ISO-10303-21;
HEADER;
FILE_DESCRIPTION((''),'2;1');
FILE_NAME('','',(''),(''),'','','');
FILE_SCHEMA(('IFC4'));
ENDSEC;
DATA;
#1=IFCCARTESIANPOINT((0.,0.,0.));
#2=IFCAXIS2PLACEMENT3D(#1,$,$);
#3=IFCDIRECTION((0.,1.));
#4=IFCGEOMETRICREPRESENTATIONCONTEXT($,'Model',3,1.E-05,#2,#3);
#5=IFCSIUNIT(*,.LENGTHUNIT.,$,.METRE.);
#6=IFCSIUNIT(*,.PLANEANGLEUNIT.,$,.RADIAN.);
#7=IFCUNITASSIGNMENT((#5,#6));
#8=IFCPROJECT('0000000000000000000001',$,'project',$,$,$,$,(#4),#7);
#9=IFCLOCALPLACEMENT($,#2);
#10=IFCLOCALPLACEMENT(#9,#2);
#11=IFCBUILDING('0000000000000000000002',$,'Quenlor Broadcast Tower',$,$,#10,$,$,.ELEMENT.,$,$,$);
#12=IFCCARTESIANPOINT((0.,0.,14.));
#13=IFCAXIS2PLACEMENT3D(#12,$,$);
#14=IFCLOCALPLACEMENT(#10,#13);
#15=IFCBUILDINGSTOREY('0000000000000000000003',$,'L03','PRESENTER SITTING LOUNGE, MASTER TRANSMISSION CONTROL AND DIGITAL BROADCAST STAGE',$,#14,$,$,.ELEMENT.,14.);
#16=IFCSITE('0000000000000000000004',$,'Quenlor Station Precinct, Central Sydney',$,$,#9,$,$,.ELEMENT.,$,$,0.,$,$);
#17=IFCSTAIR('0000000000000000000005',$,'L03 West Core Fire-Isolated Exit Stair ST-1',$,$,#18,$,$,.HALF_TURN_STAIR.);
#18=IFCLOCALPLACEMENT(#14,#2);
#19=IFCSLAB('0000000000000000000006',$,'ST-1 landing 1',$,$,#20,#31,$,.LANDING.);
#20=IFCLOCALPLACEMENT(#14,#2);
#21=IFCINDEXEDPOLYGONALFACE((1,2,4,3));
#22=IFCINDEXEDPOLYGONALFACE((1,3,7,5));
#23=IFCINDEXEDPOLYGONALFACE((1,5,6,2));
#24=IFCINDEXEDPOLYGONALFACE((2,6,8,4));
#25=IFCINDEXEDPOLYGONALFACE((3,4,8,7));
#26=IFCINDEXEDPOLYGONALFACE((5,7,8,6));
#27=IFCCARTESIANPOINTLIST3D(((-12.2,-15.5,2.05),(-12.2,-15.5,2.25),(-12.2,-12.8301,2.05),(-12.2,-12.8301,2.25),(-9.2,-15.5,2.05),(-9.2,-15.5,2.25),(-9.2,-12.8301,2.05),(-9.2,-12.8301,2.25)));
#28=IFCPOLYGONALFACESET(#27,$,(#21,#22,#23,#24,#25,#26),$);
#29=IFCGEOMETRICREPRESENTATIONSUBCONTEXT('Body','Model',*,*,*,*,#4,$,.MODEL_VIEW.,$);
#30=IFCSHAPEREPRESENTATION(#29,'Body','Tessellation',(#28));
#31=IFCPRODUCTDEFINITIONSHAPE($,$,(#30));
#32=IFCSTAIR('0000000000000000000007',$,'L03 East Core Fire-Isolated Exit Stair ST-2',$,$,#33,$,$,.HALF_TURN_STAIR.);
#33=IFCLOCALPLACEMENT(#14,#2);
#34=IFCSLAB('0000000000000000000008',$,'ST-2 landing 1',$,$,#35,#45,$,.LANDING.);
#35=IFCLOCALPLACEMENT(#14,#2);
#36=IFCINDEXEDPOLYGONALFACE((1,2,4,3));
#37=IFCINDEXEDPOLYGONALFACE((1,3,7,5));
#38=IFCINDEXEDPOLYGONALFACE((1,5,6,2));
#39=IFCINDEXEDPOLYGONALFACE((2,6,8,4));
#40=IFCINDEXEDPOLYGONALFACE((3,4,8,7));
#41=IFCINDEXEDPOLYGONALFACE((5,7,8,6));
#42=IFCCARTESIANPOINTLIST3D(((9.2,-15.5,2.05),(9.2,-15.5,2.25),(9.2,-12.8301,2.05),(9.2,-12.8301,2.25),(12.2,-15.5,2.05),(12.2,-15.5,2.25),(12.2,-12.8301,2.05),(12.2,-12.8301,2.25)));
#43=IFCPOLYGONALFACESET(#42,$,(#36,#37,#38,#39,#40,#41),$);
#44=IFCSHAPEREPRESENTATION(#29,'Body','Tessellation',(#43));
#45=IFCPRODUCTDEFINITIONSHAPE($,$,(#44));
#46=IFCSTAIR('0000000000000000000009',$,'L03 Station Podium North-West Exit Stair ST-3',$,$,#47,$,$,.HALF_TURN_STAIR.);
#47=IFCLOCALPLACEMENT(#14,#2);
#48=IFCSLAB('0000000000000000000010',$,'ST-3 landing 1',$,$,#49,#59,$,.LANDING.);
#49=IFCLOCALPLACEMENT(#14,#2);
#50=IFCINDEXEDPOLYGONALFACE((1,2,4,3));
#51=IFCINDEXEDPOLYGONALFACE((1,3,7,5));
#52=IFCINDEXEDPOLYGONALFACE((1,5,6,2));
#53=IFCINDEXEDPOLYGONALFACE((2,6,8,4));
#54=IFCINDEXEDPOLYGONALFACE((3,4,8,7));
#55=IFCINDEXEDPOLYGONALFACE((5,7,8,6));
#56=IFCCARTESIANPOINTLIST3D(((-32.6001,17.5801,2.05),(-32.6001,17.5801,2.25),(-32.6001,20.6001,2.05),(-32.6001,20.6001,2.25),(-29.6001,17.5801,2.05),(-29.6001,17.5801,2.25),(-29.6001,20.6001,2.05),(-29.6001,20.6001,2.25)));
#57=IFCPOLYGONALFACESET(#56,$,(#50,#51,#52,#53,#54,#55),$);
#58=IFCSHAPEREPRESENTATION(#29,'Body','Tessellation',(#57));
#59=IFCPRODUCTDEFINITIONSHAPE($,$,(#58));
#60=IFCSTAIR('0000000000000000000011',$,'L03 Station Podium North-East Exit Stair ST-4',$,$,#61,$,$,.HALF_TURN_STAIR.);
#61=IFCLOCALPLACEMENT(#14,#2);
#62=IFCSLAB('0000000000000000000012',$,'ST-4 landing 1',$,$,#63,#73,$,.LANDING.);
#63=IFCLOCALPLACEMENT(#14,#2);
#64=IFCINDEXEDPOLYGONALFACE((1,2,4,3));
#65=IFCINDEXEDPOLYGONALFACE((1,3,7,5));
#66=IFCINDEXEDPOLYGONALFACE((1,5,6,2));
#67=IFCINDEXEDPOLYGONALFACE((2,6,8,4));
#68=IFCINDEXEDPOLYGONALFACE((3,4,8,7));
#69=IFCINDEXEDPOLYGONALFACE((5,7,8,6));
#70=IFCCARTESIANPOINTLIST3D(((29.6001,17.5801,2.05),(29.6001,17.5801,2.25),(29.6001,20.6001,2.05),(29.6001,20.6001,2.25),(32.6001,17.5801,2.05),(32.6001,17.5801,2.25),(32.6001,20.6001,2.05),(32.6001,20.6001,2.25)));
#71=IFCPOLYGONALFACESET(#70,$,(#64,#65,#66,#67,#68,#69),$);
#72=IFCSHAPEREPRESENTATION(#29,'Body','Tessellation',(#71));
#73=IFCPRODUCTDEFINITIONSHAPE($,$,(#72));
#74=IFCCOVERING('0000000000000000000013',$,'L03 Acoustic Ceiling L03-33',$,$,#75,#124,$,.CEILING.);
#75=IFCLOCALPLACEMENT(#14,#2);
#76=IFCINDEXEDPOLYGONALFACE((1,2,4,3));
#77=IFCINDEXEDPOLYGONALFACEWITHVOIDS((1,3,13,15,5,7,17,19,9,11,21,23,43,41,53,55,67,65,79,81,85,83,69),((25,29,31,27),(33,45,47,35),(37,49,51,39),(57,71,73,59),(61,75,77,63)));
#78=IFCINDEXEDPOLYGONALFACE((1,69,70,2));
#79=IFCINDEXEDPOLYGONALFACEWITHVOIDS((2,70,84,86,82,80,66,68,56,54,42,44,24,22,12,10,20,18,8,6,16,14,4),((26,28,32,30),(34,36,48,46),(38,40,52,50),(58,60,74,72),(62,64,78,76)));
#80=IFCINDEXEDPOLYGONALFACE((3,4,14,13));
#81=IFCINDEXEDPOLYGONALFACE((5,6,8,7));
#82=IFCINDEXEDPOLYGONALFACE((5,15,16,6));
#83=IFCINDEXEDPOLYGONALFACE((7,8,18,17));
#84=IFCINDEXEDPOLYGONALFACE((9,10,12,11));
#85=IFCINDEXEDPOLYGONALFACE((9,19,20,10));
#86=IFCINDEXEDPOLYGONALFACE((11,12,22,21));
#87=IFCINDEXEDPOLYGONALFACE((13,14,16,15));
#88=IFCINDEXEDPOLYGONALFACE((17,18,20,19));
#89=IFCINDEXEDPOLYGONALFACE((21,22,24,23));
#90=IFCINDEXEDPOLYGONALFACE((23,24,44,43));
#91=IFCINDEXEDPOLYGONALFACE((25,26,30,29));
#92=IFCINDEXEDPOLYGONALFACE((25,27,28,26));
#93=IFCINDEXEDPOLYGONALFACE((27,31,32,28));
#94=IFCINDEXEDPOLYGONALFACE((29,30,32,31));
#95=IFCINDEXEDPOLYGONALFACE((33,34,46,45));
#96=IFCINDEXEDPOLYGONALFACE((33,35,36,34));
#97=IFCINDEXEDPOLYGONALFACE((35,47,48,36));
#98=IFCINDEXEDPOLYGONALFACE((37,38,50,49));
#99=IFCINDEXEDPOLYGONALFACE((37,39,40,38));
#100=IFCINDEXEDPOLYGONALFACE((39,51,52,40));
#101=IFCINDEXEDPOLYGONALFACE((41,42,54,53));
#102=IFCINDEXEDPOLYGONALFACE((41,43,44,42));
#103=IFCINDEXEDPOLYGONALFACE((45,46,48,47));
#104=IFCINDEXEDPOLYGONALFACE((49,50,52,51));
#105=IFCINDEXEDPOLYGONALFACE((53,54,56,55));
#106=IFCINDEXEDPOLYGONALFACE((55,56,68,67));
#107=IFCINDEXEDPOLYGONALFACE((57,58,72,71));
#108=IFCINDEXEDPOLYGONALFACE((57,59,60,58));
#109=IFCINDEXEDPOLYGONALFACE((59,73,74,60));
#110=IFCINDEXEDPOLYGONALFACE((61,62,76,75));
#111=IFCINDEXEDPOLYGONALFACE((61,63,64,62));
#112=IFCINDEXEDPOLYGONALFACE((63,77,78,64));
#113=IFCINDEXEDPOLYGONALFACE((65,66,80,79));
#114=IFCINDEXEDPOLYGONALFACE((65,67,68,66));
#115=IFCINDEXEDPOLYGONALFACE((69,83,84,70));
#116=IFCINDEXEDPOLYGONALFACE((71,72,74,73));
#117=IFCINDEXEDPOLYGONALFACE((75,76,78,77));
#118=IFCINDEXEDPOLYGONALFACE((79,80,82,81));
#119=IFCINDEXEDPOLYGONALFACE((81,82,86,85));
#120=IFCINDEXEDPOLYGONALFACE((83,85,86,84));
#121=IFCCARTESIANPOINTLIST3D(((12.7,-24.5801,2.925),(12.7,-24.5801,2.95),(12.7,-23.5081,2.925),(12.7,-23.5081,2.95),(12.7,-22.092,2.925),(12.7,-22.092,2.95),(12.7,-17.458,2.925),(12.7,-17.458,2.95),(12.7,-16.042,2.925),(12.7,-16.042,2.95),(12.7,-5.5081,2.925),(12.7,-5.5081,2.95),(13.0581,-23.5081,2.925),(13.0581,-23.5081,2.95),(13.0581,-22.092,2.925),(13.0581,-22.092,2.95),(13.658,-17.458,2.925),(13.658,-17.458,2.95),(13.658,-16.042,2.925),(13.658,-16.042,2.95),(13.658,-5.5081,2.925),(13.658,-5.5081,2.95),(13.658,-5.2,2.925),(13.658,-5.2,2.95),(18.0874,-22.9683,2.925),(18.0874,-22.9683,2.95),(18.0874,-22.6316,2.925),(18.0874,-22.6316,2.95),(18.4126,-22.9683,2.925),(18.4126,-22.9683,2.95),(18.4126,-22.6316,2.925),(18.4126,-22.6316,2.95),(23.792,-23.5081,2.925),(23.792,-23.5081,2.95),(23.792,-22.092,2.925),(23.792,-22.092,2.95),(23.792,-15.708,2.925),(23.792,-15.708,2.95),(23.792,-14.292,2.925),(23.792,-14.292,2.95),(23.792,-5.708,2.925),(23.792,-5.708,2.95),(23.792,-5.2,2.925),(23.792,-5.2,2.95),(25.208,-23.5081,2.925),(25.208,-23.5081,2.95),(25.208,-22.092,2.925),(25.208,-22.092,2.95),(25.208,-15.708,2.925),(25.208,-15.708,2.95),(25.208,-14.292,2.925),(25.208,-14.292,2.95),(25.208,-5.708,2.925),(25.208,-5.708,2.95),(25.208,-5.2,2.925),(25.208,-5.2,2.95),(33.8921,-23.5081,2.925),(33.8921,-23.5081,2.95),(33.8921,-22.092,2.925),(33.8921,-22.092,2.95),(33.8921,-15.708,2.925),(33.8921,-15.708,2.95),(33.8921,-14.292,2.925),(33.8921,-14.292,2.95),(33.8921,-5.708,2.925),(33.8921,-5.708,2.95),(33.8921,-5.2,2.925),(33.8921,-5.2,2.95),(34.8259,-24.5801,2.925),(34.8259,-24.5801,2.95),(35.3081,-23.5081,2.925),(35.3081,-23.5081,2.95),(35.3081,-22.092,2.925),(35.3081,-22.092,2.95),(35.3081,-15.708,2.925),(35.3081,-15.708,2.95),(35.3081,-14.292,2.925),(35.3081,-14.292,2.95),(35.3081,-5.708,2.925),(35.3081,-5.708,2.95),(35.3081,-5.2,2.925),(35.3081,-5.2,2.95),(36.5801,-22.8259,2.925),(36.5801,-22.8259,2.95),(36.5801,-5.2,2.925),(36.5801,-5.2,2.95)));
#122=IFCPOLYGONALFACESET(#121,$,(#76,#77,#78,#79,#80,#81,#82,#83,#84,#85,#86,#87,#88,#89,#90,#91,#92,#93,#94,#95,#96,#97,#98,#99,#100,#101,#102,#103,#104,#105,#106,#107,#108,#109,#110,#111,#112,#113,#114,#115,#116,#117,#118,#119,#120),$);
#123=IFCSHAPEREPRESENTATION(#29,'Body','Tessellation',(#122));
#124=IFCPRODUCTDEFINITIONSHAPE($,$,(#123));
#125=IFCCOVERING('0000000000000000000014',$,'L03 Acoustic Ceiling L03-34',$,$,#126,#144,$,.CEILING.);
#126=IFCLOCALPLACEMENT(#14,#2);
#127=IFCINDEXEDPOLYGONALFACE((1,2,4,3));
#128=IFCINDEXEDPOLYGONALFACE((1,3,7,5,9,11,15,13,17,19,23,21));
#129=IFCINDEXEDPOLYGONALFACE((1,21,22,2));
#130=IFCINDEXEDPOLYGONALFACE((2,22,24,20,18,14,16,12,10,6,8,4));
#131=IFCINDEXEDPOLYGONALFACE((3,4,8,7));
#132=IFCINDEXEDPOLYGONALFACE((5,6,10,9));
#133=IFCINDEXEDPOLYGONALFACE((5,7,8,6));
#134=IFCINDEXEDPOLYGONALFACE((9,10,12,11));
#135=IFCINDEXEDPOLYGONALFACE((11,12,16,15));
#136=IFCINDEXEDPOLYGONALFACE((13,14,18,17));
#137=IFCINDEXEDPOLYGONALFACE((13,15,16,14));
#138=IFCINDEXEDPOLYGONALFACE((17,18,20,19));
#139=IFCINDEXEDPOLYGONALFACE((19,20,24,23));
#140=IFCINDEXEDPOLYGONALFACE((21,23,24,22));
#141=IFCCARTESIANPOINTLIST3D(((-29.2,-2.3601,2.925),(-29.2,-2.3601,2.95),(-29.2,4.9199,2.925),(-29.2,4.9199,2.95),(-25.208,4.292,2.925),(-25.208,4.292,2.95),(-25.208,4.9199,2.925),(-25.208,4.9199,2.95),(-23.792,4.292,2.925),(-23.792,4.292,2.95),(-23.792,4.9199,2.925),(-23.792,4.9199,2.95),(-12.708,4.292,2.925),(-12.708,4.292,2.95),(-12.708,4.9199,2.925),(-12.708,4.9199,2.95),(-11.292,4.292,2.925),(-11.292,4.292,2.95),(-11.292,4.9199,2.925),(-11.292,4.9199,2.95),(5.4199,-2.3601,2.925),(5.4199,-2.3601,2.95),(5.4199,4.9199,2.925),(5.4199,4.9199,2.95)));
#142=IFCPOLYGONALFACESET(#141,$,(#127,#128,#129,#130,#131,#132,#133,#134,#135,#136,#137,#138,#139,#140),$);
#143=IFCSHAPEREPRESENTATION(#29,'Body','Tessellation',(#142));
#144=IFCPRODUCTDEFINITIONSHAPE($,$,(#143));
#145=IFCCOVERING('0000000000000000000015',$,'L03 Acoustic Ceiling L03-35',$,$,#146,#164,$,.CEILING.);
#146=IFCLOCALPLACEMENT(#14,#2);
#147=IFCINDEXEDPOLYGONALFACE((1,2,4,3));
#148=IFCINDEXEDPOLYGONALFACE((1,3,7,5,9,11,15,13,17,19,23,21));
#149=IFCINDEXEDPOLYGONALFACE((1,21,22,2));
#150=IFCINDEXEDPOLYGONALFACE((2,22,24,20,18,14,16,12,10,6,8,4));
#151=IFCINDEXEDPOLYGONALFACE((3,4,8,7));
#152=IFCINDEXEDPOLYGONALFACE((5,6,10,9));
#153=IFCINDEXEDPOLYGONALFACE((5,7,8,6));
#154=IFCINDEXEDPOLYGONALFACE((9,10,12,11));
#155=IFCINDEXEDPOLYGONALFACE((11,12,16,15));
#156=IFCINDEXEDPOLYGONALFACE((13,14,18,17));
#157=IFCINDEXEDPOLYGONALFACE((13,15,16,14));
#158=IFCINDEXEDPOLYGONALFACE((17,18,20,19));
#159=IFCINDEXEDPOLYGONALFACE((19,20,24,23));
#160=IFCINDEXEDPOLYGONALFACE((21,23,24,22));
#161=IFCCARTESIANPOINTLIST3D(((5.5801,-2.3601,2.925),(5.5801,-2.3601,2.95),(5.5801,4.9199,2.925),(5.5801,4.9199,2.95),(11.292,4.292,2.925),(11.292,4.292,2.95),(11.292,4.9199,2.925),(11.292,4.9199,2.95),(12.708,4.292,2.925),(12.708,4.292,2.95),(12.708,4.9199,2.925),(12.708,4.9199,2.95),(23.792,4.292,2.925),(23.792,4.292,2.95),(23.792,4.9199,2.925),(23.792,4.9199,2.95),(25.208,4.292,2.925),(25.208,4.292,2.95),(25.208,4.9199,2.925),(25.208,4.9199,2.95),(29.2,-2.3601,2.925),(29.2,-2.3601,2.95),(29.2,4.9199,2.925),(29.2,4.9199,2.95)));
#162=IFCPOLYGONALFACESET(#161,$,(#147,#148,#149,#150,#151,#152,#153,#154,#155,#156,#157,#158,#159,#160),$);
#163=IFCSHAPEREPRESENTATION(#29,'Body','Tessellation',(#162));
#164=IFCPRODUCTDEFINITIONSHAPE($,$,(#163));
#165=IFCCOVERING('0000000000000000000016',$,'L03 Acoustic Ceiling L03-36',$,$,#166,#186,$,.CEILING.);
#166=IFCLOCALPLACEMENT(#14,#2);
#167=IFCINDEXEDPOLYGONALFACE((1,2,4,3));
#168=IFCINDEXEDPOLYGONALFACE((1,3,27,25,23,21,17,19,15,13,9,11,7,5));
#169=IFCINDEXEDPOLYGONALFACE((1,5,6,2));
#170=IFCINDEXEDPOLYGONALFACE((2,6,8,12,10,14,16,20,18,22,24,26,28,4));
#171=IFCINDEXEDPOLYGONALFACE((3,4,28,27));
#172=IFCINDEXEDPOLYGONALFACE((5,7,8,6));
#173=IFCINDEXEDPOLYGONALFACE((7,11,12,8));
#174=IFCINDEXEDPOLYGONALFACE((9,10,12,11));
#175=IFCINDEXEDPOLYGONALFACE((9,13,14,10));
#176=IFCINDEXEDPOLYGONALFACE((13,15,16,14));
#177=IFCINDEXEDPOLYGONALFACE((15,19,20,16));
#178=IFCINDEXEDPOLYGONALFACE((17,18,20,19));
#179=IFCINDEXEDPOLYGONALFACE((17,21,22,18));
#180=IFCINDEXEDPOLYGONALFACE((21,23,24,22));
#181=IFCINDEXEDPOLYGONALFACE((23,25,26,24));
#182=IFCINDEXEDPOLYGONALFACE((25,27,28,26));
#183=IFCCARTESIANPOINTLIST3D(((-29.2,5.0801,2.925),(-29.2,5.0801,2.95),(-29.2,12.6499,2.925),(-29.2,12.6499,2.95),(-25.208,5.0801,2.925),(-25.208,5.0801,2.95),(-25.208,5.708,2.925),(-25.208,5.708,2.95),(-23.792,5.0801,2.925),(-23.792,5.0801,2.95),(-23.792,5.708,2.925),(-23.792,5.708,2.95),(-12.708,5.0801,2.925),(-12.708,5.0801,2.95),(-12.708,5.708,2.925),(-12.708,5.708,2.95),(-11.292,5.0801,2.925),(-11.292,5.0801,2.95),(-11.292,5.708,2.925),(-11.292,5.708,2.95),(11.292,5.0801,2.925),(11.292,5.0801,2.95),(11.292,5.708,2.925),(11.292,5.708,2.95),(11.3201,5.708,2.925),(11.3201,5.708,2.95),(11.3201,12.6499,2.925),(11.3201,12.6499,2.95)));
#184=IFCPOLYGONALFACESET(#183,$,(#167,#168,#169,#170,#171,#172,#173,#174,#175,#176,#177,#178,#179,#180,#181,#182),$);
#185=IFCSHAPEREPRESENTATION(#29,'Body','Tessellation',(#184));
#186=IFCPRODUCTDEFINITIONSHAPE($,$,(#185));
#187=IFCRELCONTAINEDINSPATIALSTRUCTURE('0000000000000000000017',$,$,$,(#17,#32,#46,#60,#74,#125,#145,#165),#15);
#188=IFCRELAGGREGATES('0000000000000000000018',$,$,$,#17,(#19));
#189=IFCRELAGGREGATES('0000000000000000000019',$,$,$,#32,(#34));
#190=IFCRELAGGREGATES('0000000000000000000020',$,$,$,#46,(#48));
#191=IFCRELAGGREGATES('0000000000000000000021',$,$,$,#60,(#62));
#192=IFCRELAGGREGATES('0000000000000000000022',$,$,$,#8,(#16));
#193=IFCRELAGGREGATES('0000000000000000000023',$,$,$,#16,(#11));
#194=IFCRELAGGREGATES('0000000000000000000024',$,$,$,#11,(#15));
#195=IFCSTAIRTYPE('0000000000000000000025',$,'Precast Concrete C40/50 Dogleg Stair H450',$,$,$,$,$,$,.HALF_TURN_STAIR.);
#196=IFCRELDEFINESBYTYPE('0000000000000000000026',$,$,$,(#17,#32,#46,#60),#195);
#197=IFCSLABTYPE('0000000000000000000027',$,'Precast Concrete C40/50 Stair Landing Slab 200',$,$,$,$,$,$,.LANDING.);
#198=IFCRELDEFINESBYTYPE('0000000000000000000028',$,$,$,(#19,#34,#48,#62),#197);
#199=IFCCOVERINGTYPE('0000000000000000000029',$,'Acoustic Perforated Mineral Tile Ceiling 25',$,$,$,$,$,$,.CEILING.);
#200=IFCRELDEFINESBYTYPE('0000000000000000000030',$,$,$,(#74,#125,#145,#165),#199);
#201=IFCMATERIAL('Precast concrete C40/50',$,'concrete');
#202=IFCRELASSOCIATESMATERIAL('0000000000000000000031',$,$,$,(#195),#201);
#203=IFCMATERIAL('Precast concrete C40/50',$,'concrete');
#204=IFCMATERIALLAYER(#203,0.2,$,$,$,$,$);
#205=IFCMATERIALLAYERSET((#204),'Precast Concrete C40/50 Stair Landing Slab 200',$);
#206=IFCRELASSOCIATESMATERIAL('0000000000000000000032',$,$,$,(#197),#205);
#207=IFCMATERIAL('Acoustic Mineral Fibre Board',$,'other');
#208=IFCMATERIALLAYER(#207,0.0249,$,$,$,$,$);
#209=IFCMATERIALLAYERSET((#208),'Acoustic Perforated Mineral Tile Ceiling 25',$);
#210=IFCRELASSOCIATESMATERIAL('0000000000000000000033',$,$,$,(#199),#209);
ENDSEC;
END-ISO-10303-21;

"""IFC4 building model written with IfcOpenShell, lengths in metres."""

from ifc_helpers import new_model, si_unit, direction, frame, origin, place, context, subcontext, project, spatial, polyline, outline, extrude, material, layer, layer_set, type_object, element, aggregate, save


model = new_model("IFC4")

# Units and contexts
model_context = context("Model", 3, precision=1e-05, world=origin(), true_north=direction((0.0, 1.0)))
body_context = subcontext(model_context, "Body", "Model", "MODEL_VIEW")
ifc_project = project(units=[si_unit("LENGTHUNIT", "METRE"), si_unit("PLANEANGLEUNIT", "RADIAN")], contexts=[model_context])

# Site, building, storey
site_placement = place(None, origin())
site = spatial("IfcSite", under=ifc_project, at=site_placement, Name="Quenlor Station Precinct, Central Sydney", CompositionType="ELEMENT", RefElevation=0.0)
building_placement = place(site_placement, origin())
building = spatial("IfcBuilding", under=site, at=building_placement, Name="Quenlor Broadcast Tower", CompositionType="ELEMENT")
storey_placement = place(building_placement, frame((0.0, 0.0, 14.0)))
storey = spatial("IfcBuildingStorey", under=building, at=storey_placement, Name="L03", Description="PRESENTER SITTING LOUNGE, MASTER TRANSMISSION CONTROL AND DIGITAL BROADCAST STAGE", CompositionType="ELEMENT", Elevation=14.0)

# Stairs, slabs
ifc_material_1 = material(Name="Precast concrete C40/50", Category="concrete")
stair_type = type_object("IfcStairType", Name="Precast Concrete C40/50 Dogleg Stair H450", PredefinedType="HALF_TURN_STAIR", material=ifc_material_1)
stair_1_placement = place(storey_placement, origin())
stair_1 = element("IfcStair", 1, at=stair_1_placement, inside=storey, type_object=stair_type, Name="L03 West Core Fire-Isolated Exit Stair ST-1", PredefinedType="HALF_TURN_STAIR")
ifc_material_2 = material(Name="Precast concrete C40/50", Category="concrete")
ifc_layer_1 = layer(ifc_material_2, 0.2)
ifc_layer_set_1 = layer_set([ifc_layer_1], Name="Precast Concrete C40/50 Stair Landing Slab 200")
slab_type = type_object("IfcSlabType", Name="Precast Concrete C40/50 Stair Landing Slab 200", PredefinedType="LANDING", material=ifc_layer_set_1)
slab_1_placement = place(storey_placement, frame((0.0, 0.0, 2.05)))
slab_1 = element("IfcSlab", 2, at=slab_1_placement, type_object=slab_type, Name="ST-1 landing 1", PredefinedType="LANDING", context=body_context, shape_type="SweptSolid", body=[
    extrude(outline(polyline([(-12.2, -12.8301), (-12.2, -15.5), (-9.2, -15.5), (-9.2, -12.8301), (-12.2, -12.8301)])), origin(), (0.0, 0.0, 1.0), 0.2),
])
aggregate(stair_1, [slab_1])
stair_2_placement = place(storey_placement, origin())
stair_2 = element("IfcStair", 3, at=stair_2_placement, inside=storey, type_object=stair_type, Name="L03 East Core Fire-Isolated Exit Stair ST-2", PredefinedType="HALF_TURN_STAIR")
slab_2_placement = place(storey_placement, frame((0.0, 0.0, 2.05)))
slab_2 = element("IfcSlab", 4, at=slab_2_placement, type_object=slab_type, Name="ST-2 landing 1", PredefinedType="LANDING", context=body_context, shape_type="SweptSolid", body=[
    extrude(outline(polyline([(9.2, -12.8301), (9.2, -15.5), (12.2, -15.5), (12.2, -12.8301), (9.2, -12.8301)])), origin(), (0.0, 0.0, 1.0), 0.2),
])
aggregate(stair_2, [slab_2])
stair_3_placement = place(storey_placement, origin())
stair_3 = element("IfcStair", 5, at=stair_3_placement, inside=storey, type_object=stair_type, Name="L03 Station Podium North-West Exit Stair ST-3", PredefinedType="HALF_TURN_STAIR")
slab_3_placement = place(storey_placement, frame((0.0, 0.0, 2.05)))
slab_3 = element("IfcSlab", 6, at=slab_3_placement, type_object=slab_type, Name="ST-3 landing 1", PredefinedType="LANDING", context=body_context, shape_type="SweptSolid", body=[
    extrude(outline(polyline([(-29.6001, 17.5801), (-29.6001, 20.6001), (-32.6001, 20.6001), (-32.6001, 17.5801), (-29.6001, 17.5801)])), origin(), (0.0, 0.0, 1.0), 0.2),
])
aggregate(stair_3, [slab_3])
stair_4_placement = place(storey_placement, origin())
stair_4 = element("IfcStair", 7, at=stair_4_placement, inside=storey, type_object=stair_type, Name="L03 Station Podium North-East Exit Stair ST-4", PredefinedType="HALF_TURN_STAIR")
slab_4_placement = place(storey_placement, frame((0.0, 0.0, 2.05)))
slab_4 = element("IfcSlab", 8, at=slab_4_placement, type_object=slab_type, Name="ST-4 landing 1", PredefinedType="LANDING", context=body_context, shape_type="SweptSolid", body=[
    extrude(outline(polyline([(32.6001, 17.5801), (32.6001, 20.6001), (29.6001, 20.6001), (29.6001, 17.5801), (32.6001, 17.5801)])), origin(), (0.0, 0.0, 1.0), 0.2),
])
aggregate(stair_4, [slab_4])

# Coverings
ifc_material_3 = material(Name="Acoustic Mineral Fibre Board", Category="other")
ifc_layer_2 = layer(ifc_material_3, 0.0249)
ifc_layer_set_2 = layer_set([ifc_layer_2], Name="Acoustic Perforated Mineral Tile Ceiling 25")
covering_type_1 = type_object("IfcCoveringType", Name="Acoustic Perforated Mineral Tile Ceiling 25", PredefinedType="CEILING", material=ifc_layer_set_2)
covering_1_placement = place(storey_placement, frame((0.0, 0.0, 2.925)))
element("IfcCovering", 9, at=covering_1_placement, inside=storey, type_object=covering_type_1, Name="L03 Acoustic Ceiling L03-33", PredefinedType="CEILING", context=body_context, shape_type="SweptSolid", body=[
    extrude(outline(polyline([(12.7, -24.5801), (12.7, -23.5081), (13.0581, -23.5081), (13.0581, -22.092), (12.7, -22.092), (12.7, -17.458), (13.658, -17.458), (13.658, -16.042), (12.7, -16.042), (12.7, -5.5081), (13.658, -5.5081), (13.658, -5.2), (23.792, -5.2), (23.792, -5.708), (25.208, -5.708), (25.208, -5.2), (33.8921, -5.2), (33.8921, -5.708), (35.3081, -5.708), (35.3081, -5.2), (36.5801, -5.2), (36.5801, -22.8259), (34.8259, -24.5801), (12.7, -24.5801)]), holes=[polyline([(35.3081, -23.5081), (35.3081, -22.092), (33.8921, -22.092), (33.8921, -23.5081), (35.3081, -23.5081)]), polyline([(18.4126, -22.9683), (18.4126, -22.6316), (18.0874, -22.6316), (18.0874, -22.9683), (18.4126, -22.9683)]), polyline([(25.208, -23.5081), (25.208, -22.092), (23.792, -22.092), (23.792, -23.5081), (25.208, -23.5081)]), polyline([(35.3081, -15.708), (35.3081, -14.292), (33.8921, -14.292), (33.8921, -15.708), (35.3081, -15.708)]), polyline([(25.208, -15.708), (25.208, -14.292), (23.792, -14.292), (23.792, -15.708), (25.208, -15.708)])]), origin(), (0.0, 0.0, 1.0), 0.0249),
])
covering_2_placement = place(storey_placement, frame((0.0, 0.0, 2.925)))
element("IfcCovering", 10, at=covering_2_placement, inside=storey, type_object=covering_type_1, Name="L03 Acoustic Ceiling L03-34", PredefinedType="CEILING", context=body_context, shape_type="SweptSolid", body=[
    extrude(outline(polyline([(-25.208, 4.292), (-23.792, 4.292), (-23.792, 4.9199), (-12.708, 4.9199), (-12.708, 4.292), (-11.292, 4.292), (-11.292, 4.9199), (5.4199, 4.9199), (5.4199, -2.3601), (-29.2, -2.3601), (-29.2, 4.9199), (-25.208, 4.9199), (-25.208, 4.292)])), origin(), (0.0, 0.0, 1.0), 0.0249),
])
covering_3_placement = place(storey_placement, frame((0.0, 0.0, 2.925)))
element("IfcCovering", 11, at=covering_3_placement, inside=storey, type_object=covering_type_1, Name="L03 Acoustic Ceiling L03-35", PredefinedType="CEILING", context=body_context, shape_type="SweptSolid", body=[
    extrude(outline(polyline([(11.292, 4.292), (12.708, 4.292), (12.708, 4.9199), (23.792, 4.9199), (23.792, 4.292), (25.208, 4.292), (25.208, 4.9199), (29.2, 4.9199), (29.2, -2.3601), (5.5801, -2.3601), (5.5801, 4.9199), (11.292, 4.9199), (11.292, 4.292)])), origin(), (0.0, 0.0, 1.0), 0.0249),
])
covering_4_placement = place(storey_placement, frame((0.0, 0.0, 2.925)))
element("IfcCovering", 12, at=covering_4_placement, inside=storey, type_object=covering_type_1, Name="L03 Acoustic Ceiling L03-36", PredefinedType="CEILING", context=body_context, shape_type="SweptSolid", body=[
    extrude(outline(polyline([(-12.708, 5.708), (-12.708, 5.0801), (-23.792, 5.0801), (-23.792, 5.708), (-25.208, 5.708), (-25.208, 5.0801), (-29.2, 5.0801), (-29.2, 12.6499), (11.3201, 12.6499), (11.3201, 5.708), (11.292, 5.708), (11.292, 5.0801), (-11.292, 5.0801), (-11.292, 5.708), (-12.708, 5.708)])), origin(), (0.0, 0.0, 1.0), 0.0249),
])

save(model, "model.ifc")
